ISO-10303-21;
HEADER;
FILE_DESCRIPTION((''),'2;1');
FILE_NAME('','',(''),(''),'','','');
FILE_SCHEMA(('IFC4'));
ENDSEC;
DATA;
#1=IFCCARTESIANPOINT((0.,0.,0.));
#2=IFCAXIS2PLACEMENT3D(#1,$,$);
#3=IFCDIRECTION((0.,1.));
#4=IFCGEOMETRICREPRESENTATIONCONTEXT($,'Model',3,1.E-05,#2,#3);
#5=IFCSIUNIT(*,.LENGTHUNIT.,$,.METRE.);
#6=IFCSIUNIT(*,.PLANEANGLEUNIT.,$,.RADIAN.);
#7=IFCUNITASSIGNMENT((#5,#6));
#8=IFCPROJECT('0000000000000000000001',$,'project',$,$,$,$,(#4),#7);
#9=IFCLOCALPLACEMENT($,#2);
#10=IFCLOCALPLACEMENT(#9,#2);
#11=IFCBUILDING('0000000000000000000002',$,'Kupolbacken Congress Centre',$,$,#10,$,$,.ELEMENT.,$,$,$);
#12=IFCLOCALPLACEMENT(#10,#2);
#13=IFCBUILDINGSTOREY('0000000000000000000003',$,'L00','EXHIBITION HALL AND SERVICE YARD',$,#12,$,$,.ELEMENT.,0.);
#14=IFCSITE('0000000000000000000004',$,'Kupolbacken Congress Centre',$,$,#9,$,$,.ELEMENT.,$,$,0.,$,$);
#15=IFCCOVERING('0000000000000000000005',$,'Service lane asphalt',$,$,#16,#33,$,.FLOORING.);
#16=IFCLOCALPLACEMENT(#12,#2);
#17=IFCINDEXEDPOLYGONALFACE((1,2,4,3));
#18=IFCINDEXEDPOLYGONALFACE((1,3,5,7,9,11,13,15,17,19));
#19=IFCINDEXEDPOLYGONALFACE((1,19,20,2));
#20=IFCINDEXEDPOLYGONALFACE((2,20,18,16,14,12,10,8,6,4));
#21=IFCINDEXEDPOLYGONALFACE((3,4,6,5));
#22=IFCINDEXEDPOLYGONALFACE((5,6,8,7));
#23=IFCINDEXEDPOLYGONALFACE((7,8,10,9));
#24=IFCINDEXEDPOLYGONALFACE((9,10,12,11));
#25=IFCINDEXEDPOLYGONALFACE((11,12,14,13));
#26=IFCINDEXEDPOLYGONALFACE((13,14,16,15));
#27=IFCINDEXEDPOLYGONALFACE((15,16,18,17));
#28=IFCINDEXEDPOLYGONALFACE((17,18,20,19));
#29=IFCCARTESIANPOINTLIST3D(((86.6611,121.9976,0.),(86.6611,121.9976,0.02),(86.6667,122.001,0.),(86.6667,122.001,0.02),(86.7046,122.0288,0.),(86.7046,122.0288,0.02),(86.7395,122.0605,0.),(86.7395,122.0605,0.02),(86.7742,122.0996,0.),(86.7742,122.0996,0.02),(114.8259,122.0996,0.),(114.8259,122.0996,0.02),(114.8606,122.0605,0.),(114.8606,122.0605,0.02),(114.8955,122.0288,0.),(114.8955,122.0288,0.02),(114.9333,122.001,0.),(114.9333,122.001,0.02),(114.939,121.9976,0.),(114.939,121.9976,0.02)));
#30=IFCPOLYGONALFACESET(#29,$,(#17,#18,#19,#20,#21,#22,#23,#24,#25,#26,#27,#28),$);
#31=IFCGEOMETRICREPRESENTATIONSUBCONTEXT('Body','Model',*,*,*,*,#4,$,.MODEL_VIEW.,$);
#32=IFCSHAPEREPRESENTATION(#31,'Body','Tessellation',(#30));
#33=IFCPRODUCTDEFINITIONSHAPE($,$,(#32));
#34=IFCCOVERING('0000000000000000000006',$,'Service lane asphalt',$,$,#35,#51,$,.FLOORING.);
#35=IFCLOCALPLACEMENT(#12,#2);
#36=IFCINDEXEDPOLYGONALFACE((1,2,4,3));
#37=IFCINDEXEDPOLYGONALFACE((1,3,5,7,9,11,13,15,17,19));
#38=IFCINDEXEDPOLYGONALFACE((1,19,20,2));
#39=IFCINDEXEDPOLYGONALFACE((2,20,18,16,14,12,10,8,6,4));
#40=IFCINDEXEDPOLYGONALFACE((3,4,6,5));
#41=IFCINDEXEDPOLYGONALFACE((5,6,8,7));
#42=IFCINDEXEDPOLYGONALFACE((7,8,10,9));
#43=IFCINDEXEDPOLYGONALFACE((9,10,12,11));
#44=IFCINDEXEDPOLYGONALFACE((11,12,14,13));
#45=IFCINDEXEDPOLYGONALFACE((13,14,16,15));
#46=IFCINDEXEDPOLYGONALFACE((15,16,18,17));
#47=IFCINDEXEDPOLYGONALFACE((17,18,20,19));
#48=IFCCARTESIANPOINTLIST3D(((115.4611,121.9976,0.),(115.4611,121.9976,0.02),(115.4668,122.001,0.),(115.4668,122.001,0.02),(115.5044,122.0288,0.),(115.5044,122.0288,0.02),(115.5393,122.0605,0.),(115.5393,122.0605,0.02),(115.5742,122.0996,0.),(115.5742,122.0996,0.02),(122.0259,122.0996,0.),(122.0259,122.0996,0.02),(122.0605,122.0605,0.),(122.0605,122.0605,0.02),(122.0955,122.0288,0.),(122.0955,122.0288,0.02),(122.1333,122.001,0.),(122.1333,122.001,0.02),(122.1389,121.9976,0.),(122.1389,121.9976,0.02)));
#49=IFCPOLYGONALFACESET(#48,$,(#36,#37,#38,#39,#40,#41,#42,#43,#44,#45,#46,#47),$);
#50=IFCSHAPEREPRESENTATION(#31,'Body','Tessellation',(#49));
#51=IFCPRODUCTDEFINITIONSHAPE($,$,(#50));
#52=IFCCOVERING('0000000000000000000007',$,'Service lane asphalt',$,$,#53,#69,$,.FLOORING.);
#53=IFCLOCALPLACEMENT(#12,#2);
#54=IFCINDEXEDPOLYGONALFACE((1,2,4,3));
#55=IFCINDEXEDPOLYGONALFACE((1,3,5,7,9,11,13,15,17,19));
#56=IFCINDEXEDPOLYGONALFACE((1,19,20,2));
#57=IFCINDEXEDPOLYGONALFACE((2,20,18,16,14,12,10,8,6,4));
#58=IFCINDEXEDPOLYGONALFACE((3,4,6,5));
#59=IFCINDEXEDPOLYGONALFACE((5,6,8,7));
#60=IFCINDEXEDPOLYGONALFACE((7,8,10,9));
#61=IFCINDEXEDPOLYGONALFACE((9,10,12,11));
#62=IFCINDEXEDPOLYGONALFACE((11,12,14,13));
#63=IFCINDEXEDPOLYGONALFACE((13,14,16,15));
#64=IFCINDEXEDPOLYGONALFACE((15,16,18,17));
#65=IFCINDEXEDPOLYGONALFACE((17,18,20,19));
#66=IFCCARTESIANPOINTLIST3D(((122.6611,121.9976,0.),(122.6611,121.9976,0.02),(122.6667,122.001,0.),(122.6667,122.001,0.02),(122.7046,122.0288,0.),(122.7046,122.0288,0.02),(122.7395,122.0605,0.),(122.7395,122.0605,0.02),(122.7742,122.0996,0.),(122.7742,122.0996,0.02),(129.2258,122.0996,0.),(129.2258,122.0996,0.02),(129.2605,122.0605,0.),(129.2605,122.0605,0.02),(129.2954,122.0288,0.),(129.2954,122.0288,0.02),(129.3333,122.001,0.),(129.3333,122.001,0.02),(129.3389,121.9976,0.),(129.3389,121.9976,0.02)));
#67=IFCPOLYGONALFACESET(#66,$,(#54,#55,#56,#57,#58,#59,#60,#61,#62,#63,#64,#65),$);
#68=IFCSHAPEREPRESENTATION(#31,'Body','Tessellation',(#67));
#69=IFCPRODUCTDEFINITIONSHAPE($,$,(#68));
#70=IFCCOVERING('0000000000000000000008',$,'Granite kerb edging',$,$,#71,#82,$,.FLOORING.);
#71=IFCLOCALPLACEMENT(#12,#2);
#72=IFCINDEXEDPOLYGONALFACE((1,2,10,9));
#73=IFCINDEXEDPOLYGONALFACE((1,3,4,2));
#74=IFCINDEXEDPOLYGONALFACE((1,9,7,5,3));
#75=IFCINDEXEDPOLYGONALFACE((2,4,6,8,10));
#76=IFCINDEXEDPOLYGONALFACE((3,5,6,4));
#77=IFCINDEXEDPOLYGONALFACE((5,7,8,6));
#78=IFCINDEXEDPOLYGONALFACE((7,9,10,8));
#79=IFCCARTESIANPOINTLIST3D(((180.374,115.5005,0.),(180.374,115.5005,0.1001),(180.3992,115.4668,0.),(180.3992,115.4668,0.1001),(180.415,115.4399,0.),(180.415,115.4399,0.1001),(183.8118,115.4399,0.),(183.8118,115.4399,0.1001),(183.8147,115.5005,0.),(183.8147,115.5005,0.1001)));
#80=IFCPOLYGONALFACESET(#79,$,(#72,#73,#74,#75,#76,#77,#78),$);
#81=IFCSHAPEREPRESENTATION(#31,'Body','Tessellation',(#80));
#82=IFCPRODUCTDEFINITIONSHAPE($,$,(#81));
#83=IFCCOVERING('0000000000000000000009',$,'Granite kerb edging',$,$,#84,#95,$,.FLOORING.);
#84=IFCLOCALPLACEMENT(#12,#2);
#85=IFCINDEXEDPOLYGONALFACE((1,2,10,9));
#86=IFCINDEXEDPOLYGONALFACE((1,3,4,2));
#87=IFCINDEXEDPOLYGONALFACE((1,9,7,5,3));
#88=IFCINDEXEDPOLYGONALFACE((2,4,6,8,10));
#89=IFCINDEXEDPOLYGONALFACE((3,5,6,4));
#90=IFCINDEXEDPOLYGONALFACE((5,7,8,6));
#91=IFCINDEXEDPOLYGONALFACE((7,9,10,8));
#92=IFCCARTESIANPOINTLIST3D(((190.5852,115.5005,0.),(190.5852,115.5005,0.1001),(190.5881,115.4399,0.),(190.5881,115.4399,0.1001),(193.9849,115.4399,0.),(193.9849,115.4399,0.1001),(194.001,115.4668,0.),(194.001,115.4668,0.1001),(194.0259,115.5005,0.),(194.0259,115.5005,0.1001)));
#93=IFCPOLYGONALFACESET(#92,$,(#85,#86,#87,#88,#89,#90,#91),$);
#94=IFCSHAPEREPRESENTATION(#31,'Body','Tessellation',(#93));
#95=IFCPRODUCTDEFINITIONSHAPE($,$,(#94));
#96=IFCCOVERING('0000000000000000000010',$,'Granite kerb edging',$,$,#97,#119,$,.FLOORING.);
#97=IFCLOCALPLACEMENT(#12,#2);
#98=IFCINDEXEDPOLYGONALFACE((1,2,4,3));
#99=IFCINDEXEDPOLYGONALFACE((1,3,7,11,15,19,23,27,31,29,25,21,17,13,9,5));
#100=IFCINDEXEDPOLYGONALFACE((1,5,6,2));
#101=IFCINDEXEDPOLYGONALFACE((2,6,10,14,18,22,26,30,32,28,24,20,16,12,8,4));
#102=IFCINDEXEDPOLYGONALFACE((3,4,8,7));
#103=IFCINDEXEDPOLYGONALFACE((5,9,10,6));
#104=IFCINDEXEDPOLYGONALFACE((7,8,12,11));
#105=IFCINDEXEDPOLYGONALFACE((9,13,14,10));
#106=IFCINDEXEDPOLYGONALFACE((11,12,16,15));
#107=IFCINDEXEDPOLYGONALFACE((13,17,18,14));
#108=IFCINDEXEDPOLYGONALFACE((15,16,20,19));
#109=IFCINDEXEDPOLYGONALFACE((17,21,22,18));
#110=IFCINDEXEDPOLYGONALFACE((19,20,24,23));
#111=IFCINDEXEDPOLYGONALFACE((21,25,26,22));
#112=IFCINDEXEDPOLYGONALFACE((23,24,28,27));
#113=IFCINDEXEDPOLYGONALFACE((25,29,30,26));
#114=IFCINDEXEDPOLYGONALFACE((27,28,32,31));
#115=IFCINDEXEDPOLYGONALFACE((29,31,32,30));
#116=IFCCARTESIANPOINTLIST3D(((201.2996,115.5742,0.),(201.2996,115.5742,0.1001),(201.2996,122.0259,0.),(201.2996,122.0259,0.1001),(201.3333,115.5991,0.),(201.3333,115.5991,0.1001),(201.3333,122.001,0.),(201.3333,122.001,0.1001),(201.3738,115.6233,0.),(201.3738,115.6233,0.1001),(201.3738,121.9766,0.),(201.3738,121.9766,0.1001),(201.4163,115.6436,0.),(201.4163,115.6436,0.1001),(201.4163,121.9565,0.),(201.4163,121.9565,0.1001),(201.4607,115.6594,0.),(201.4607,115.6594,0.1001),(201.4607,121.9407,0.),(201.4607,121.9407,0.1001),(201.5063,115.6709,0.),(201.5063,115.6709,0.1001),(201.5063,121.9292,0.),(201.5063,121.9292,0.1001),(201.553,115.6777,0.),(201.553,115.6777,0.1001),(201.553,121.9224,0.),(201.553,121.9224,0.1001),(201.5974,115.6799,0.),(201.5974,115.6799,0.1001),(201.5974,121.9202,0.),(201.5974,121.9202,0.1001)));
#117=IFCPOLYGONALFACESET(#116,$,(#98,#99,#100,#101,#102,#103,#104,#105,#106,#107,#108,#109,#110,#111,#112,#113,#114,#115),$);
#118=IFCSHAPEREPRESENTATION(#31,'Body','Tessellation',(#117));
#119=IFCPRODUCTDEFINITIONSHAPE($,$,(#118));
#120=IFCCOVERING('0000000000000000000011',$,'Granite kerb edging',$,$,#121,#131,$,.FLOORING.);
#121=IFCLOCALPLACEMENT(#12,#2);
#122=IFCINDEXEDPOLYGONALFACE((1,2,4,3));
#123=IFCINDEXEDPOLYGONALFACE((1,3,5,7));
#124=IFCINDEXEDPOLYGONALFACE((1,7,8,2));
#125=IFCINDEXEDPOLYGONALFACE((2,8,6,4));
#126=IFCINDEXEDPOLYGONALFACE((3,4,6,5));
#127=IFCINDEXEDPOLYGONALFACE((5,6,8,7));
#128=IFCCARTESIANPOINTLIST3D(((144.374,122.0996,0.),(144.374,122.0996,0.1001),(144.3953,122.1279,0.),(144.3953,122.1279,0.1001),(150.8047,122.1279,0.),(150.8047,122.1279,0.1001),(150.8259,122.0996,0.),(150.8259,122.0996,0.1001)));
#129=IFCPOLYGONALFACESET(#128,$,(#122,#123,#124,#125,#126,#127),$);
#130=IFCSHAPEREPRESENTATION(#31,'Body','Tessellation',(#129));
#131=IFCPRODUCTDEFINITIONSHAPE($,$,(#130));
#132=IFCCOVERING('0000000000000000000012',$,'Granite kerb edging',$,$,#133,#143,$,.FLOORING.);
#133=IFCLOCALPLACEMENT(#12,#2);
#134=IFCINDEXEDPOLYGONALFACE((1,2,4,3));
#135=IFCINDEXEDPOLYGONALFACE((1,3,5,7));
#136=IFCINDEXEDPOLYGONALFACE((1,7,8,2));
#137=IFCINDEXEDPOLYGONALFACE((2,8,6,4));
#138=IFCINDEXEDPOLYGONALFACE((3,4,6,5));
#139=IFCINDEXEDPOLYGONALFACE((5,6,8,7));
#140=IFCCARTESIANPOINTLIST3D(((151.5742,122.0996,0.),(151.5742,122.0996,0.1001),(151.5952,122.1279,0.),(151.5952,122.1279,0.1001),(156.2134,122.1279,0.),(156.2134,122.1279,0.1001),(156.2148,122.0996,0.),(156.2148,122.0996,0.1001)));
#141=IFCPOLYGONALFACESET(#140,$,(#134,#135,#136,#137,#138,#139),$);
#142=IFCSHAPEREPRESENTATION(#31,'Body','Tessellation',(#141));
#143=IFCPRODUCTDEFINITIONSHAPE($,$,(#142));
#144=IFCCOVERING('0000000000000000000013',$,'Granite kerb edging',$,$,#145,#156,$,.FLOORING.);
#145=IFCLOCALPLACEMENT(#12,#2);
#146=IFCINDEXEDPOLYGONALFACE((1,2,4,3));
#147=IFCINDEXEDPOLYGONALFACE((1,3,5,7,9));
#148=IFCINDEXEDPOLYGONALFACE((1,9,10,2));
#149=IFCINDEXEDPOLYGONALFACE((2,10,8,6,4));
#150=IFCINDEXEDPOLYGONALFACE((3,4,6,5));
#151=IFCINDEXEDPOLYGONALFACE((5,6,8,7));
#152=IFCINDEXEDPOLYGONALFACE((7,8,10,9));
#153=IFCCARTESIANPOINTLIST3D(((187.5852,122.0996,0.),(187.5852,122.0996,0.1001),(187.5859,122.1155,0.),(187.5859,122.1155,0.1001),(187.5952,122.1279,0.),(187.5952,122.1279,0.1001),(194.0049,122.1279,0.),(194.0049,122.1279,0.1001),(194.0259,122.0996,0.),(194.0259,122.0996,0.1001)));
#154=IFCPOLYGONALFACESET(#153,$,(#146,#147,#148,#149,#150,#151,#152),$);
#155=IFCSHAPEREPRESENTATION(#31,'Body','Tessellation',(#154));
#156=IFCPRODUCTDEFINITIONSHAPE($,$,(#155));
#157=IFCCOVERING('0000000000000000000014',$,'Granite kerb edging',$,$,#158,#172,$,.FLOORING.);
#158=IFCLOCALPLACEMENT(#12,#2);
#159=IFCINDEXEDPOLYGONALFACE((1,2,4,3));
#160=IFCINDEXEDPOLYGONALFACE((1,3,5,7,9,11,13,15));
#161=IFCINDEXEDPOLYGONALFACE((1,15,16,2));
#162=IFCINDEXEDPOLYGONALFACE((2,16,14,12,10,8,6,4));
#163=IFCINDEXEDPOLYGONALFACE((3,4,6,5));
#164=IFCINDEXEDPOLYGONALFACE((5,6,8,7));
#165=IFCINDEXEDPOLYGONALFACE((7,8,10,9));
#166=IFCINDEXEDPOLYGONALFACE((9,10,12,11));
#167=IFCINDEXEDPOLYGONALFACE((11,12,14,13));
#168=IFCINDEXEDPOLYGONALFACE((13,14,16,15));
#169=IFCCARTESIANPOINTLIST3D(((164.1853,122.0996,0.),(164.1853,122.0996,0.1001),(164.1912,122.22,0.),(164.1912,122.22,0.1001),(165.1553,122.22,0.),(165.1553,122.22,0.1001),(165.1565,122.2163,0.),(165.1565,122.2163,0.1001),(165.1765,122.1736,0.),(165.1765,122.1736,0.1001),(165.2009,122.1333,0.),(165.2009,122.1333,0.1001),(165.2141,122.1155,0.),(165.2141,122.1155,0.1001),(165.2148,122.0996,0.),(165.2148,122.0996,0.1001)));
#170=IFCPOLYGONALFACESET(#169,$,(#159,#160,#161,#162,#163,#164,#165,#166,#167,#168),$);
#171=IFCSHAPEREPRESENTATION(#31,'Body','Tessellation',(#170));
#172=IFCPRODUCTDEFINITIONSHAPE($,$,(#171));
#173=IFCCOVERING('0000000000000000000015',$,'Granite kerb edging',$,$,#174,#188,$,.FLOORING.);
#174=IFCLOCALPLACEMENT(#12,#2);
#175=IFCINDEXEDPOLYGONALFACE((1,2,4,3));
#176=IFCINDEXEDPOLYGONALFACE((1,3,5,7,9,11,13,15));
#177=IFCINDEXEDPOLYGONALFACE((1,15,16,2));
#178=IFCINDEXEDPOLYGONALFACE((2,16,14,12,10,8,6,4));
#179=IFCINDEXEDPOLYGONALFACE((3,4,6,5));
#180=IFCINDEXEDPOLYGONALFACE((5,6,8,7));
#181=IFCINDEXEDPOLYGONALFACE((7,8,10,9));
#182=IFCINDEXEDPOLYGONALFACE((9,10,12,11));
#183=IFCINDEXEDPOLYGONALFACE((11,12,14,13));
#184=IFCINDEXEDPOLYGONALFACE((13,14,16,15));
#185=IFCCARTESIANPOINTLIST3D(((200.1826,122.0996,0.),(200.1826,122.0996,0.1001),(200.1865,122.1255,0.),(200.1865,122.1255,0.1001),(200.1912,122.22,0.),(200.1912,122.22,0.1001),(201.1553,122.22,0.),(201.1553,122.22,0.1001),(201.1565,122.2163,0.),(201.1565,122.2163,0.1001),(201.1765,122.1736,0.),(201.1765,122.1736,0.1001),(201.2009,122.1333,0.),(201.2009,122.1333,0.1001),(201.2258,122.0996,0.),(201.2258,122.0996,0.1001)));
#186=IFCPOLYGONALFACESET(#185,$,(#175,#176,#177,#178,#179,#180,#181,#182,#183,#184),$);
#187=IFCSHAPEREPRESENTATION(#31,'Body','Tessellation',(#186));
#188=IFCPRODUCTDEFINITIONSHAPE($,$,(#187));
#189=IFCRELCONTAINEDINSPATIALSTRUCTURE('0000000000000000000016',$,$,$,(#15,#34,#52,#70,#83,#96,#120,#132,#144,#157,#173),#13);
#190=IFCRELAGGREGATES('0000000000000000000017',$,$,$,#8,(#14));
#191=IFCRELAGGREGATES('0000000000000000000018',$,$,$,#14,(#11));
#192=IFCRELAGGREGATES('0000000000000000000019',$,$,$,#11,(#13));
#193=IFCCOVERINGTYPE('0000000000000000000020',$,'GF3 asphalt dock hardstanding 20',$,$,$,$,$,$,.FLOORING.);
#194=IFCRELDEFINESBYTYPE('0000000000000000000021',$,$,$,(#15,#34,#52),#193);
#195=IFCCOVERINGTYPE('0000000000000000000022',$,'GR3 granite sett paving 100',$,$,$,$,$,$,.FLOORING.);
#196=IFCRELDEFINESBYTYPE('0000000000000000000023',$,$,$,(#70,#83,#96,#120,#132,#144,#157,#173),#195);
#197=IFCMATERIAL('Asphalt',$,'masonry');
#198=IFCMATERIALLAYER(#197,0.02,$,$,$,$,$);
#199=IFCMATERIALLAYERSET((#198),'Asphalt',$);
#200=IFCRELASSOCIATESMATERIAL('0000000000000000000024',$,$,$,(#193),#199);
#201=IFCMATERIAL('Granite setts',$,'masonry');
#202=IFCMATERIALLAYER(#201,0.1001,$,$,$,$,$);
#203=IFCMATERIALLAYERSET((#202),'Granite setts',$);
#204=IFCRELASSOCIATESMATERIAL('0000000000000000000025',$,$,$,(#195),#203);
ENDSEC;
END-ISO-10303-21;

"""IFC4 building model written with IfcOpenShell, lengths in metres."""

from ifc_helpers import new_model, si_unit, direction, origin, place, context, subcontext, project, spatial, polyline, outline, extrude, material, layer, layer_set, type_object, element, save


model = new_model("IFC4")

# Units and contexts
model_context = context("Model", 3, precision=1e-05, world=origin(), true_north=direction((0.0, 1.0)))
body_context = subcontext(model_context, "Body", "Model", "MODEL_VIEW")
ifc_project = project(units=[si_unit("LENGTHUNIT", "METRE"), si_unit("PLANEANGLEUNIT", "RADIAN")], contexts=[model_context])

# Site, building, storey
site_placement = place(None, origin())
site = spatial("IfcSite", under=ifc_project, at=site_placement, Name="Kupolbacken Congress Centre", CompositionType="ELEMENT", RefElevation=0.0)
building_placement = place(site_placement, origin())
building = spatial("IfcBuilding", under=site, at=building_placement, Name="Kupolbacken Congress Centre", CompositionType="ELEMENT")
storey_placement = place(building_placement, origin())
storey = spatial("IfcBuildingStorey", under=building, at=storey_placement, Name="L00", Description="EXHIBITION HALL AND SERVICE YARD", CompositionType="ELEMENT", Elevation=0.0)

# Coverings
ifc_material_1 = material(Name="Asphalt", Category="masonry")
ifc_layer_1 = layer(ifc_material_1, 0.02)
ifc_layer_set_1 = layer_set([ifc_layer_1], Name="Asphalt")
covering_type_1 = type_object("IfcCoveringType", Name="GF3 asphalt dock hardstanding 20", PredefinedType="FLOORING", material=ifc_layer_set_1)
covering_1_placement = place(storey_placement, origin())
element("IfcCovering", 1, at=covering_1_placement, inside=storey, type_object=covering_type_1, Name="Service lane asphalt", PredefinedType="FLOORING", context=body_context, shape_type="SweptSolid", body=[
    extrude(outline(polyline([(86.6667, 122.001), (86.7046, 122.0288), (86.7395, 122.0605), (86.7742, 122.0996), (114.8259, 122.0996), (114.8606, 122.0605), (114.8955, 122.0288), (114.9333, 122.001), (114.9736, 121.9766), (114.939, 121.9976), (86.6611, 121.9976), (86.6262, 121.9766), (86.6667, 122.001)])), origin(), (0.0, 0.0, 1.0), 0.02),
])
covering_2_placement = place(storey_placement, origin())
element("IfcCovering", 2, at=covering_2_placement, inside=storey, type_object=covering_type_1, Name="Service lane asphalt", PredefinedType="FLOORING", context=body_context, shape_type="SweptSolid", body=[
    extrude(outline(polyline([(115.4668, 122.001), (115.5044, 122.0288), (115.5393, 122.0605), (115.5742, 122.0996), (122.0259, 122.0996), (122.0605, 122.0605), (122.0955, 122.0288), (122.1333, 122.001), (122.1736, 121.9766), (122.1389, 121.9976), (115.4612, 121.9976), (115.4263, 121.9766), (115.4668, 122.001)])), origin(), (0.0, 0.0, 1.0), 0.02),
])
covering_3_placement = place(storey_placement, origin())
element("IfcCovering", 3, at=covering_3_placement, inside=storey, type_object=covering_type_1, Name="Service lane asphalt", PredefinedType="FLOORING", context=body_context, shape_type="SweptSolid", body=[
    extrude(outline(polyline([(122.6667, 122.001), (122.7046, 122.0288), (122.7395, 122.0605), (122.7742, 122.0996), (129.2258, 122.0996), (129.2605, 122.0605), (129.2954, 122.0288), (129.3333, 122.001), (129.3738, 121.9766), (129.3389, 121.9976), (122.6611, 121.9976), (122.6262, 121.9766), (122.6667, 122.001)])), origin(), (0.0, 0.0, 1.0), 0.02),
])
ifc_material_2 = material(Name="Granite setts", Category="masonry")
ifc_layer_2 = layer(ifc_material_2, 0.1001)
ifc_layer_set_2 = layer_set([ifc_layer_2], Name="Granite setts")
covering_type_2 = type_object("IfcCoveringType", Name="GR3 granite sett paving 100", PredefinedType="FLOORING", material=ifc_layer_set_2)
covering_4_placement = place(storey_placement, origin())
element("IfcCovering", 4, at=covering_4_placement, inside=storey, type_object=covering_type_2, Name="Granite kerb edging", PredefinedType="FLOORING", context=body_context, shape_type="SweptSolid", body=[
    extrude(outline(polyline([(180.3992, 115.4668), (180.374, 115.5005), (183.8147, 115.5005), (183.8118, 115.4399), (180.415, 115.4399), (180.3992, 115.4668)])), origin(), (0.0, 0.0, 1.0), 0.1001),
])
covering_5_placement = place(storey_placement, origin())
element("IfcCovering", 5, at=covering_5_placement, inside=storey, type_object=covering_type_2, Name="Granite kerb edging", PredefinedType="FLOORING", context=body_context, shape_type="SweptSolid", body=[
    extrude(outline(polyline([(193.9849, 115.4399), (190.5881, 115.4399), (190.5852, 115.5005), (194.0259, 115.5005), (194.001, 115.4668), (193.9849, 115.4399)])), origin(), (0.0, 0.0, 1.0), 0.1001),
])
covering_6_placement = place(storey_placement, origin())
element("IfcCovering", 6, at=covering_6_placement, inside=storey, type_object=covering_type_2, Name="Granite kerb edging", PredefinedType="FLOORING", context=body_context, shape_type="SweptSolid", body=[
    extrude(outline(polyline([(201.5974, 115.6799), (201.553, 115.6777), (201.5063, 115.6709), (201.4607, 115.6594), (201.4163, 115.6436), (201.3738, 115.6233), (201.3333, 115.5991), (201.2996, 115.5742), (201.2996, 122.0259), (201.3333, 122.001), (201.3738, 121.9766), (201.4163, 121.9565), (201.4607, 121.9407), (201.5063, 121.9292), (201.553, 121.9224), (201.5974, 121.9202), (201.5974, 115.6799)])), origin(), (0.0, 0.0, 1.0), 0.1001),
])
covering_7_placement = place(storey_placement, origin())
element("IfcCovering", 7, at=covering_7_placement, inside=storey, type_object=covering_type_2, Name="Granite kerb edging", PredefinedType="FLOORING", context=body_context, shape_type="SweptSolid", body=[
    extrude(outline(polyline([(144.374, 122.0996), (144.3953, 122.1279), (150.8047, 122.1279), (150.8259, 122.0996), (144.374, 122.0996)])), origin(), (0.0, 0.0, 1.0), 0.1001),
])
covering_8_placement = place(storey_placement, origin())
element("IfcCovering", 8, at=covering_8_placement, inside=storey, type_object=covering_type_2, Name="Granite kerb edging", PredefinedType="FLOORING", context=body_context, shape_type="SweptSolid", body=[
    extrude(outline(polyline([(151.5742, 122.0996), (151.5952, 122.1279), (156.2134, 122.1279), (156.2148, 122.0996), (151.5742, 122.0996)])), origin(), (0.0, 0.0, 1.0), 0.1001),
])
covering_9_placement = place(storey_placement, origin())
element("IfcCovering", 9, at=covering_9_placement, inside=storey, type_object=covering_type_2, Name="Granite kerb edging", PredefinedType="FLOORING", context=body_context, shape_type="SweptSolid", body=[
    extrude(outline(polyline([(194.0259, 122.0996), (187.5852, 122.0996), (187.5859, 122.1155), (187.5952, 122.1279), (194.0049, 122.1279), (194.0259, 122.0996)])), origin(), (0.0, 0.0, 1.0), 0.1001),
])
covering_10_placement = place(storey_placement, origin())
element("IfcCovering", 10, at=covering_10_placement, inside=storey, type_object=covering_type_2, Name="Granite kerb edging", PredefinedType="FLOORING", context=body_context, shape_type="SweptSolid", body=[
    extrude(outline(polyline([(164.1853, 122.0996), (164.1912, 122.22), (165.1553, 122.22), (165.1565, 122.2163), (165.1765, 122.1736), (165.2009, 122.1333), (165.2141, 122.1155), (165.2148, 122.0996), (164.1853, 122.0996)])), origin(), (0.0, 0.0, 1.0), 0.1001),
])
covering_11_placement = place(storey_placement, origin())
element("IfcCovering", 11, at=covering_11_placement, inside=storey, type_object=covering_type_2, Name="Granite kerb edging", PredefinedType="FLOORING", context=body_context, shape_type="SweptSolid", body=[
    extrude(outline(polyline([(200.1865, 122.1255), (200.1912, 122.22), (201.1553, 122.22), (201.1565, 122.2163), (201.1765, 122.1736), (201.2009, 122.1333), (201.2258, 122.0996), (200.1826, 122.0996), (200.1865, 122.1255)])), origin(), (0.0, 0.0, 1.0), 0.1001),
])

save(model, "model.ifc")
